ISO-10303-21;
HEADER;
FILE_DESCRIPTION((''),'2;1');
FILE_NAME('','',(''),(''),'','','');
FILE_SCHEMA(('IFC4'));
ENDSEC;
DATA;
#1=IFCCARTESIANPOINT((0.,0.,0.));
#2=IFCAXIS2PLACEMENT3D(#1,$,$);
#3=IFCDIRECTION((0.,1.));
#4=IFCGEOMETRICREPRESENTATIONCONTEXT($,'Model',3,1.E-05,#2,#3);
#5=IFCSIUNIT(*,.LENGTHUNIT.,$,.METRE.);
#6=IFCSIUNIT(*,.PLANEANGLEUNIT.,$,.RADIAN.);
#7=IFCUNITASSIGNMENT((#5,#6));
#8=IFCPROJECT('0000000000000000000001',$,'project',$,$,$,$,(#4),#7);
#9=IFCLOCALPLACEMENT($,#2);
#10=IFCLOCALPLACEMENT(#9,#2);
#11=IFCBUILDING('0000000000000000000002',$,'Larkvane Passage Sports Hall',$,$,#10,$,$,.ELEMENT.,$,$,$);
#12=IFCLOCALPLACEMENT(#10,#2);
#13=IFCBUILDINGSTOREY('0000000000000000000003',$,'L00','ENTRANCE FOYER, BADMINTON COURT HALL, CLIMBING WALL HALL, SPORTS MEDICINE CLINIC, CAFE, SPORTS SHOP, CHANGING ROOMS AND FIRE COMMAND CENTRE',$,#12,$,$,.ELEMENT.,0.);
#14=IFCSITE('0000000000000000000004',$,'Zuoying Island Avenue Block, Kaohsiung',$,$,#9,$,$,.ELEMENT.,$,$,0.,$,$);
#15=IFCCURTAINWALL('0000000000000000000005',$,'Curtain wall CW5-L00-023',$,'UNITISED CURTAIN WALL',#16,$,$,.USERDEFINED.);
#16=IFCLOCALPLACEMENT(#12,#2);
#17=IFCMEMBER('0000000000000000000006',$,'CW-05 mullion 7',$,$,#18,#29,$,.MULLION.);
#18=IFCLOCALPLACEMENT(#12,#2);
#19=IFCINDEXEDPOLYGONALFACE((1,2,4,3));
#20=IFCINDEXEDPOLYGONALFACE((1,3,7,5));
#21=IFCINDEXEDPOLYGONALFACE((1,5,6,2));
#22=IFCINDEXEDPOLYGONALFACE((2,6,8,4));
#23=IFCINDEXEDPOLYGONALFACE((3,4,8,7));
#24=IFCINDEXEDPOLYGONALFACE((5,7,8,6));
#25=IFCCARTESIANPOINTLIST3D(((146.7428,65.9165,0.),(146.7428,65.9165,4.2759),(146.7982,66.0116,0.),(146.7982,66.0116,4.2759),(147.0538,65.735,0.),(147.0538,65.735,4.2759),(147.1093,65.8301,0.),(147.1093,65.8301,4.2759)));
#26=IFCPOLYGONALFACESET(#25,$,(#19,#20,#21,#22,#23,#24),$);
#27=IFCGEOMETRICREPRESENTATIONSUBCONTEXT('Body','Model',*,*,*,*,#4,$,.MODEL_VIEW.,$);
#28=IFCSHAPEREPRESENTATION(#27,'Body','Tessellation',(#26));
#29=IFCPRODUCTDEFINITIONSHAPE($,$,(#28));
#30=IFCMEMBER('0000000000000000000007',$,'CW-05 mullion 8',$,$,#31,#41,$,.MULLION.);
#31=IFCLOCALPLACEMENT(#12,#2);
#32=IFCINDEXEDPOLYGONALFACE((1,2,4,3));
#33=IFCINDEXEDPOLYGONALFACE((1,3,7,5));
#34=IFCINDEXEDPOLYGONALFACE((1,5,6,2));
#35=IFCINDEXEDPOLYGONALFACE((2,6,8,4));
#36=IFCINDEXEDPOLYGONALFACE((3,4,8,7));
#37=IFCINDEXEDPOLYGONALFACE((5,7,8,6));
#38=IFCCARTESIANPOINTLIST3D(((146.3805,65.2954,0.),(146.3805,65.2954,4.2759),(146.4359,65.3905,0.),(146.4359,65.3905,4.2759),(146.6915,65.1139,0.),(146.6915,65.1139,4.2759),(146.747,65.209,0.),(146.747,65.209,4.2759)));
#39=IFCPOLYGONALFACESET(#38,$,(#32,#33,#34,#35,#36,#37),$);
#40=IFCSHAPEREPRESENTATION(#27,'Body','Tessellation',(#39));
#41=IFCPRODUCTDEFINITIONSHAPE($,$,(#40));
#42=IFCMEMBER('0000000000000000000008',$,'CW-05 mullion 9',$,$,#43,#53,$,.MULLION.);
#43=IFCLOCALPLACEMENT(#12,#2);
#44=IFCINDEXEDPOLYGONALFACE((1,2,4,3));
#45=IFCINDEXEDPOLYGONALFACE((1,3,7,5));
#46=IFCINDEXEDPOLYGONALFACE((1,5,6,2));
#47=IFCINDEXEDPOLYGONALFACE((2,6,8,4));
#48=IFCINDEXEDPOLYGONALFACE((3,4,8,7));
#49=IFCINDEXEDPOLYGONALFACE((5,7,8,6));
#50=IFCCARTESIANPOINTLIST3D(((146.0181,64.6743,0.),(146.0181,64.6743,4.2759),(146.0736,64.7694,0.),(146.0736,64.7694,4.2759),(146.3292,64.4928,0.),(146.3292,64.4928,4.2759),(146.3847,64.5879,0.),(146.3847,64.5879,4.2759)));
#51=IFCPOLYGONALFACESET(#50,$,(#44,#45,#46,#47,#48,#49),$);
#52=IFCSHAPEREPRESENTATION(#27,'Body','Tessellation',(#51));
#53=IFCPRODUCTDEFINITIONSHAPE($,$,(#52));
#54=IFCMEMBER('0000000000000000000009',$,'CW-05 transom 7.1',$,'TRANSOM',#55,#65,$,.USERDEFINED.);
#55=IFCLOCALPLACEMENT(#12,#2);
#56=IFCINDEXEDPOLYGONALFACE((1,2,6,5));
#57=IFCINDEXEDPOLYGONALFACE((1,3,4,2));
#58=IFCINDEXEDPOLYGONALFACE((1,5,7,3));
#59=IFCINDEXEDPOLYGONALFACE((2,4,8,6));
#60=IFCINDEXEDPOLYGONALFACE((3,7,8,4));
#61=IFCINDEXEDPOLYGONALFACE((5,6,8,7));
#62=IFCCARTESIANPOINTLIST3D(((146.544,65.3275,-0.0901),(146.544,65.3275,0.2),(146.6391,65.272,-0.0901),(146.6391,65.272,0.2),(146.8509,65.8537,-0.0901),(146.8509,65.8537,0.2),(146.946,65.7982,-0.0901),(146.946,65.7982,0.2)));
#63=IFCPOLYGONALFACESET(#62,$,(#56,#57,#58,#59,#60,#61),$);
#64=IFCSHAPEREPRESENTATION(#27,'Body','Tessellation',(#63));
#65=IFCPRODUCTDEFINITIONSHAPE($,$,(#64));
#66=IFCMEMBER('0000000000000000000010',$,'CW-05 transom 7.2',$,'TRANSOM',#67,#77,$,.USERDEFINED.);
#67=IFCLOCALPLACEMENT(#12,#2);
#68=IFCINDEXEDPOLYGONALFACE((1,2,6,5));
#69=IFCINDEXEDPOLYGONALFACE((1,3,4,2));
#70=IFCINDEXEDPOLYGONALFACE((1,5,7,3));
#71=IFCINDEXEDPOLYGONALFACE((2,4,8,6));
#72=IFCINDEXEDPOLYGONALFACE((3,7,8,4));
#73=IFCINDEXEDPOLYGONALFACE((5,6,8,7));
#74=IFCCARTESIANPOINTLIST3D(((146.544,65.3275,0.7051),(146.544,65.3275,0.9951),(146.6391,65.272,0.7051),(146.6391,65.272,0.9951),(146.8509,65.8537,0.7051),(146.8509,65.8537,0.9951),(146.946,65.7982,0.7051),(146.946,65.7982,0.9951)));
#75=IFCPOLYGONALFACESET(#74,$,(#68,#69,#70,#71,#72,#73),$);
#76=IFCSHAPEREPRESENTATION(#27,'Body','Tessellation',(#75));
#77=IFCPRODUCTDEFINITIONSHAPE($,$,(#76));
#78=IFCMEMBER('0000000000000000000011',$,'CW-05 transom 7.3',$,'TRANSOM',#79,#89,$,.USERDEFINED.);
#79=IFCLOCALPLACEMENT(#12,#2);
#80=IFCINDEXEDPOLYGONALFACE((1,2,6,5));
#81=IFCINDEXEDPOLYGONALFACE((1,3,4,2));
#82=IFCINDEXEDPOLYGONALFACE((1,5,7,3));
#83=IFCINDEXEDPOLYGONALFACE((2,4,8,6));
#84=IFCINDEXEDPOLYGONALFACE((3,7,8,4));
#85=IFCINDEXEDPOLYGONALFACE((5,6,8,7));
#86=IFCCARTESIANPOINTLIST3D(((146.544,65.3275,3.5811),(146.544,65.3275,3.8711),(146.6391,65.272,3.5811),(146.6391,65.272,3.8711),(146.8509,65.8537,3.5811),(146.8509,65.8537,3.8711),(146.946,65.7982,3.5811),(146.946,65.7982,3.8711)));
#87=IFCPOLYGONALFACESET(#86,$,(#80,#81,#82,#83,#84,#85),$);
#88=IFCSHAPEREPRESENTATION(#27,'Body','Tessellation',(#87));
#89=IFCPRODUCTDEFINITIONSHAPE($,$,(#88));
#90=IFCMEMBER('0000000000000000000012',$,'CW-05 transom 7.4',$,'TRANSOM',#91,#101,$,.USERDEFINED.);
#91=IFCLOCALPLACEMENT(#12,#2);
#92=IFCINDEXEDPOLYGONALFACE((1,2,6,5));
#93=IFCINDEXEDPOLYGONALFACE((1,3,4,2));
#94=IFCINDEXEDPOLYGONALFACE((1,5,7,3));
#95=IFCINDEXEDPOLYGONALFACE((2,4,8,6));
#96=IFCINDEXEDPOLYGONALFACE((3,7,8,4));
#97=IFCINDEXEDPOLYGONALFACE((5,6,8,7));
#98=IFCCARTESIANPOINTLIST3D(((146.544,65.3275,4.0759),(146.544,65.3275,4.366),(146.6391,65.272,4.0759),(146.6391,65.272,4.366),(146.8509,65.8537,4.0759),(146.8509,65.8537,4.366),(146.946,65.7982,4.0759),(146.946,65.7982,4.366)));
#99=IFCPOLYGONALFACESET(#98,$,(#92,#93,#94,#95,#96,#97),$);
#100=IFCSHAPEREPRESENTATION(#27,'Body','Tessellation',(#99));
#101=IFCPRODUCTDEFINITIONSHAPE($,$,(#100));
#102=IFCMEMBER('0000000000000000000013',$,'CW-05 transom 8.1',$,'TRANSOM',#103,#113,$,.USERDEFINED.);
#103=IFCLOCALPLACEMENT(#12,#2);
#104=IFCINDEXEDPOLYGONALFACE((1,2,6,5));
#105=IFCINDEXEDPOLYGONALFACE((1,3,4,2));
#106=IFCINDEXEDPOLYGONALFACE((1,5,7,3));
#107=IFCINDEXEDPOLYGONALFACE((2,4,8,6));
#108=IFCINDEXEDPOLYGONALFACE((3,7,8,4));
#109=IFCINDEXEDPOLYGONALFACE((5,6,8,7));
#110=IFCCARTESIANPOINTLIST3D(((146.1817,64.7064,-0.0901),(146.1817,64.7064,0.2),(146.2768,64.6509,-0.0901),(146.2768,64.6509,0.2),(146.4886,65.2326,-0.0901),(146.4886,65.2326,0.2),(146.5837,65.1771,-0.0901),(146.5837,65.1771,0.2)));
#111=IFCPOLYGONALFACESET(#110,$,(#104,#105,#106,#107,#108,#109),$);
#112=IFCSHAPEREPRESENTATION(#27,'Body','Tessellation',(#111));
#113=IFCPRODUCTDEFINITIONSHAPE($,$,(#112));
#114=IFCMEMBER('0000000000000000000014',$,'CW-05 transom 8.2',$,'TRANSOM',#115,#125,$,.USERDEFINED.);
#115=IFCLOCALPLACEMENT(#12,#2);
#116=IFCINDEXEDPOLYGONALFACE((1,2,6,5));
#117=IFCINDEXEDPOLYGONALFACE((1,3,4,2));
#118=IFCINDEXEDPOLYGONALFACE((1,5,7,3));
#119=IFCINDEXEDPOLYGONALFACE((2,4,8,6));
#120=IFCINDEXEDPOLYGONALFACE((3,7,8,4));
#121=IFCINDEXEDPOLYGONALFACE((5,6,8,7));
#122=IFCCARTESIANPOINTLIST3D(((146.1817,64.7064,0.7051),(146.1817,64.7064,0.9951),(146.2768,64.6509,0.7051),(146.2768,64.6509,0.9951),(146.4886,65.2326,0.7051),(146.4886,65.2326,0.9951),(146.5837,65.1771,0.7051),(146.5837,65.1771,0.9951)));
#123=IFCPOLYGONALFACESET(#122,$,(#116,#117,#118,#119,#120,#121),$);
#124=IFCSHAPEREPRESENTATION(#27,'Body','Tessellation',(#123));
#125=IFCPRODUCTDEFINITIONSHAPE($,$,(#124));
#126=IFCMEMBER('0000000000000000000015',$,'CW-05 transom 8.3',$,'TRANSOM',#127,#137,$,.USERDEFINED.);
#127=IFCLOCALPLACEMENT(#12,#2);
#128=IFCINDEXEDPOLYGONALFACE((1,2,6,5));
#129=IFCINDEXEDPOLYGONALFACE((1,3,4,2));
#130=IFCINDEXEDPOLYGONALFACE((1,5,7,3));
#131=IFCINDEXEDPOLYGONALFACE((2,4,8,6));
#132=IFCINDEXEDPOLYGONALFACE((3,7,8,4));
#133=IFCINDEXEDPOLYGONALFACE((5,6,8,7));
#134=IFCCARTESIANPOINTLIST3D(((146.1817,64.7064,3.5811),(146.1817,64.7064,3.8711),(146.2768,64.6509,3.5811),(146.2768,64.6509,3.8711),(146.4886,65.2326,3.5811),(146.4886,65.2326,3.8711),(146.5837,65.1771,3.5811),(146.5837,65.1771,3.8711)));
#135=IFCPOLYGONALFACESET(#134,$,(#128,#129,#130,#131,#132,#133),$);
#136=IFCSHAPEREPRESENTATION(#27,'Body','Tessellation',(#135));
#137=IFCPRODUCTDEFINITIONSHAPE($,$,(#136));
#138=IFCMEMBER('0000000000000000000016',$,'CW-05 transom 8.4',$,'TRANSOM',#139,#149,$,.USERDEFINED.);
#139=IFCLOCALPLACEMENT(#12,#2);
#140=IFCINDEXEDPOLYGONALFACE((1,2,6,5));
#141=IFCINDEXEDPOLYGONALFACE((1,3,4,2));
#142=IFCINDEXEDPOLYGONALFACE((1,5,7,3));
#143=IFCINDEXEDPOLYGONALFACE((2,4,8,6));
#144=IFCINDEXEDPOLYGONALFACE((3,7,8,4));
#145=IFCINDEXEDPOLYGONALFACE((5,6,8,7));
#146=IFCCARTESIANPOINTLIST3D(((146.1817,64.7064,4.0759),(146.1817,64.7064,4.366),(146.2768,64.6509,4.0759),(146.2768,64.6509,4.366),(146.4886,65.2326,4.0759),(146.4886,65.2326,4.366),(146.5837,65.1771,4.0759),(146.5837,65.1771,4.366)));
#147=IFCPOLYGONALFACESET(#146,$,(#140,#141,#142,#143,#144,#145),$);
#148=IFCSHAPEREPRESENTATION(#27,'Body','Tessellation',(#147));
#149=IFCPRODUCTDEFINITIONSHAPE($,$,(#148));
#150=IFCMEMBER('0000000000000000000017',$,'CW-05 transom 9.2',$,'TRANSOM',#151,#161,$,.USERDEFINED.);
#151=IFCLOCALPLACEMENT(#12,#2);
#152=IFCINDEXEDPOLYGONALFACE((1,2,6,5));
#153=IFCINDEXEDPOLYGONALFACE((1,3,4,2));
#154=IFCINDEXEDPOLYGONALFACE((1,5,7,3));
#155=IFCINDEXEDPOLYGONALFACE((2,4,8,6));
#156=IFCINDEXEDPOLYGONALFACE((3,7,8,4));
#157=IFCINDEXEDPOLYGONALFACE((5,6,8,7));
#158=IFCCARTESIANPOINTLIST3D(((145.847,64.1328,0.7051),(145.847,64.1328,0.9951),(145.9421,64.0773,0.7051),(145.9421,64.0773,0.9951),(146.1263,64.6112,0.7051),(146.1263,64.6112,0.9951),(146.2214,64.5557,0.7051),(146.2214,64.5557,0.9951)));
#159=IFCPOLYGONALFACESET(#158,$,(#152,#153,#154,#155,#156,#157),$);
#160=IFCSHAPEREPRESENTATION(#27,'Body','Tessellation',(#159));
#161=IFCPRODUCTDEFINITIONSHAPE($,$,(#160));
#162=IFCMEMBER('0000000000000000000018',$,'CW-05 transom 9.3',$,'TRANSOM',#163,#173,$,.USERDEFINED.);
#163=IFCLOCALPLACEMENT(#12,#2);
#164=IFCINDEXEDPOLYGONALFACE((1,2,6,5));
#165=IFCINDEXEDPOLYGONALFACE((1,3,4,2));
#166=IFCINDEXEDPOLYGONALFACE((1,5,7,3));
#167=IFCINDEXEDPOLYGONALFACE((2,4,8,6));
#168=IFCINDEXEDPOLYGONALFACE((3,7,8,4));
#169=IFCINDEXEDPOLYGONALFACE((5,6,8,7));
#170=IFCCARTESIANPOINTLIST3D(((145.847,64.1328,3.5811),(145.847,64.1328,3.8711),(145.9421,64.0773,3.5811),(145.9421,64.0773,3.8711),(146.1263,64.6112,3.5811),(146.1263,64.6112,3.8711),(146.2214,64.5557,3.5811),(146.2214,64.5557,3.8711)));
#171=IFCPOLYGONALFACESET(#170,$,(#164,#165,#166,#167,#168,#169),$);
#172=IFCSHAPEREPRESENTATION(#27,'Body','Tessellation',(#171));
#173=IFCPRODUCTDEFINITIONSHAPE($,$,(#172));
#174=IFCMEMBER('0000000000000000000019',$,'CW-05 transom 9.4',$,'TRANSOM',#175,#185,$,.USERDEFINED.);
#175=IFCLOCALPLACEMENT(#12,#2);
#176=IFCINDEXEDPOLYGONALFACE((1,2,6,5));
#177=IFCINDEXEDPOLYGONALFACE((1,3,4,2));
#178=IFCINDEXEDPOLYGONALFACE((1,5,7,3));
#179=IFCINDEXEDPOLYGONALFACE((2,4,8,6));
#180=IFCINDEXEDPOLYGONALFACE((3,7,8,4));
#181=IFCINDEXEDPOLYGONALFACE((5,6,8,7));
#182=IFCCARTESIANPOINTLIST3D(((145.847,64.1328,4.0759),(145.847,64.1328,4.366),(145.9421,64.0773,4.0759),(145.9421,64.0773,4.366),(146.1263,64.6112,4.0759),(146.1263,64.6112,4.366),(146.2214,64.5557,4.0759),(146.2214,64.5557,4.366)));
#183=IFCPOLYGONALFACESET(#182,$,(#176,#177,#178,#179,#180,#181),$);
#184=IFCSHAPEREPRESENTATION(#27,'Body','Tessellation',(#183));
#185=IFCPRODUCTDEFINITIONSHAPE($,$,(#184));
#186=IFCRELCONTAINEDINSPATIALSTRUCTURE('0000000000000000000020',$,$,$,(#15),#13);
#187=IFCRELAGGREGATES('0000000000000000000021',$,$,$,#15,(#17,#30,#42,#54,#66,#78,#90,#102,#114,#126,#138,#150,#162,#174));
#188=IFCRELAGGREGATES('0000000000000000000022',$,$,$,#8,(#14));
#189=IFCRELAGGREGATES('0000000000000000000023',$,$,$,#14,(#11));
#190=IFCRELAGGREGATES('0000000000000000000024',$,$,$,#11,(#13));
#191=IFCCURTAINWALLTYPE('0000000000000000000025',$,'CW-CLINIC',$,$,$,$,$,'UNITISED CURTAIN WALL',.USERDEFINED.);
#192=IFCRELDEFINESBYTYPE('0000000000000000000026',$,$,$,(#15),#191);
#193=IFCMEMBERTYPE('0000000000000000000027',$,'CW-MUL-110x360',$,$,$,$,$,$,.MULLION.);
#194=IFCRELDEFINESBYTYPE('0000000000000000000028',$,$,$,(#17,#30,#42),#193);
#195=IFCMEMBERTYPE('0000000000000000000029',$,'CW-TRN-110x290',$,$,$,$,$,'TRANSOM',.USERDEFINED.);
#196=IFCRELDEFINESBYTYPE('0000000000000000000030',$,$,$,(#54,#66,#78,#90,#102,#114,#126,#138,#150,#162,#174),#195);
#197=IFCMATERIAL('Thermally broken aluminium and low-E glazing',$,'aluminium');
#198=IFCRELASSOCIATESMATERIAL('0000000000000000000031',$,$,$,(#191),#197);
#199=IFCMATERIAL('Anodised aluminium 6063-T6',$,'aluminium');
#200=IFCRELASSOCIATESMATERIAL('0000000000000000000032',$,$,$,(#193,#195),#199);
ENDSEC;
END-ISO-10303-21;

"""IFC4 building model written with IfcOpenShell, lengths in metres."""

from ifc_helpers import new_model, si_unit, direction, frame, origin, origin_2d, place, context, subcontext, project, spatial, rectangle, extrude, material, material_profile, profile_set, type_object, element, aggregate, save


model = new_model("IFC4")

# Units and contexts
model_context = context("Model", 3, precision=1e-05, world=origin(), true_north=direction((0.0, 1.0)))
body_context = subcontext(model_context, "Body", "Model", "MODEL_VIEW")
ifc_project = project(units=[si_unit("LENGTHUNIT", "METRE"), si_unit("PLANEANGLEUNIT", "RADIAN")], contexts=[model_context])

# Site, building, storey
site_placement = place(None, origin())
site = spatial("IfcSite", under=ifc_project, at=site_placement, Name="Zuoying Island Avenue Block, Kaohsiung", CompositionType="ELEMENT", RefElevation=0.0)
building_placement = place(site_placement, origin())
building = spatial("IfcBuilding", under=site, at=building_placement, Name="Larkvane Passage Sports Hall", CompositionType="ELEMENT")
storey_placement = place(building_placement, origin())
storey = spatial("IfcBuildingStorey", under=building, at=storey_placement, Name="L00", Description="ENTRANCE FOYER, BADMINTON COURT HALL, CLIMBING WALL HALL, SPORTS MEDICINE CLINIC, CAFE, SPORTS SHOP, CHANGING ROOMS AND FIRE COMMAND CENTRE", CompositionType="ELEMENT", Elevation=0.0)

# Curtain wall, members
ifc_material_1 = material(Name="Thermally broken aluminium and low-E glazing", Category="aluminium")
curtain_wall_type = type_object("IfcCurtainWallType", Name="CW-CLINIC", ElementType="UNITISED CURTAIN WALL", PredefinedType="USERDEFINED", material=ifc_material_1)
curtain_wall_placement = place(storey_placement, origin())
curtain_wall = element("IfcCurtainWall", 1, at=curtain_wall_placement, inside=storey, type_object=curtain_wall_type, Name="Curtain wall CW5-L00-023", ObjectType="UNITISED CURTAIN WALL", PredefinedType="USERDEFINED")
ifc_material_2 = material(Name="Anodised aluminium 6063-T6", Category="aluminium")
ifc_material_profile_1 = material_profile(ifc_material_2, rectangle(XDim=0.1101, YDim=0.3601, at=origin_2d()), Name="ALU-MUL-110x360")
ifc_profile_set_1 = profile_set([ifc_material_profile_1], Name="Anodised aluminium 6063-T6")
member_type_1 = type_object("IfcMemberType", Name="CW-MUL-110x360", PredefinedType="MULLION", material=ifc_profile_set_1)
member_1_placement = place(storey_placement, frame((146.926, 65.8733, 0.0), z_axis=(0.0, 0.0, 1.0), x_axis=(-0.503867, -0.863781, 0.0)))
member_1 = element("IfcMember", 2, at=member_1_placement, type_object=member_type_1, Name="CW-05 mullion 7", PredefinedType="MULLION", context=body_context, shape_type="SweptSolid", body=[
    extrude(rectangle(XDim=0.1101, YDim=0.3601, at=origin_2d()), origin(), (0.0, 0.0, 1.0), 4.2759),
])
member_2_placement = place(storey_placement, frame((146.5637, 65.2522, 0.0), z_axis=(0.0, 0.0, 1.0), x_axis=(-0.503867, -0.863781, 0.0)))
member_2 = element("IfcMember", 3, at=member_2_placement, type_object=member_type_1, Name="CW-05 mullion 8", PredefinedType="MULLION", context=body_context, shape_type="SweptSolid", body=[
    extrude(rectangle(XDim=0.1101, YDim=0.3601, at=origin_2d()), origin(), (0.0, 0.0, 1.0), 4.2759),
])
member_3_placement = place(storey_placement, frame((146.2014, 64.6311, 0.0), z_axis=(0.0, 0.0, 1.0), x_axis=(-0.503867, -0.863781, 0.0)))
member_3 = element("IfcMember", 4, at=member_3_placement, type_object=member_type_1, Name="CW-05 mullion 9", PredefinedType="MULLION", context=body_context, shape_type="SweptSolid", body=[
    extrude(rectangle(XDim=0.1101, YDim=0.3601, at=origin_2d()), origin(), (0.0, 0.0, 1.0), 4.2759),
])
ifc_material_profile_2 = material_profile(ifc_material_2, rectangle(XDim=0.1101, YDim=0.29, at=origin_2d()), Name="ALU-TRN-110x290")
ifc_profile_set_2 = profile_set([ifc_material_profile_2], Name="Anodised aluminium 6063-T6")
member_type_2 = type_object("IfcMemberType", Name="CW-TRN-110x290", ElementType="TRANSOM", PredefinedType="USERDEFINED", material=ifc_profile_set_2)
member_4_placement = place(storey_placement, frame((146.8984, 65.8259, 0.0549), z_axis=(-0.503846, -0.863793, 0.0), x_axis=(0.863793, -0.503846, 0.0)))
member_4 = element("IfcMember", 5, at=member_4_placement, type_object=member_type_2, Name="CW-05 transom 7.1", ObjectType="TRANSOM", PredefinedType="USERDEFINED", context=body_context, shape_type="SweptSolid", body=[
    extrude(rectangle(XDim=0.1101, YDim=0.29, at=origin_2d()), origin(), (0.0, 0.0, 1.0), 0.6091),
])
member_5_placement = place(storey_placement, frame((146.8984, 65.8259, 0.8501), z_axis=(-0.503846, -0.863793, 0.0), x_axis=(0.863793, -0.503846, 0.0)))
member_5 = element("IfcMember", 6, at=member_5_placement, type_object=member_type_2, Name="CW-05 transom 7.2", ObjectType="TRANSOM", PredefinedType="USERDEFINED", context=body_context, shape_type="SweptSolid", body=[
    extrude(rectangle(XDim=0.1101, YDim=0.29, at=origin_2d()), origin(), (0.0, 0.0, 1.0), 0.6091),
])
member_6_placement = place(storey_placement, frame((146.8984, 65.8259, 3.7261), z_axis=(-0.503846, -0.863793, 0.0), x_axis=(0.863793, -0.503846, 0.0)))
member_6 = element("IfcMember", 7, at=member_6_placement, type_object=member_type_2, Name="CW-05 transom 7.3", ObjectType="TRANSOM", PredefinedType="USERDEFINED", context=body_context, shape_type="SweptSolid", body=[
    extrude(rectangle(XDim=0.1101, YDim=0.29, at=origin_2d()), origin(), (0.0, 0.0, 1.0), 0.6091),
])
member_7_placement = place(storey_placement, frame((146.8984, 65.8259, 4.2209), z_axis=(-0.503846, -0.863793, 0.0), x_axis=(0.863793, -0.503846, 0.0)))
member_7 = element("IfcMember", 8, at=member_7_placement, type_object=member_type_2, Name="CW-05 transom 7.4", ObjectType="TRANSOM", PredefinedType="USERDEFINED", context=body_context, shape_type="SweptSolid", body=[
    extrude(rectangle(XDim=0.1101, YDim=0.29, at=origin_2d()), origin(), (0.0, 0.0, 1.0), 0.6091),
])
member_8_placement = place(storey_placement, frame((146.5361, 65.2048, 0.0549), z_axis=(-0.503846, -0.863793, 0.0), x_axis=(0.863793, -0.503846, 0.0)))
member_8 = element("IfcMember", 9, at=member_8_placement, type_object=member_type_2, Name="CW-05 transom 8.1", ObjectType="TRANSOM", PredefinedType="USERDEFINED", context=body_context, shape_type="SweptSolid", body=[
    extrude(rectangle(XDim=0.1101, YDim=0.29, at=origin_2d()), origin(), (0.0, 0.0, 1.0), 0.6091),
])
member_9_placement = place(storey_placement, frame((146.5361, 65.2048, 0.8501), z_axis=(-0.503846, -0.863793, 0.0), x_axis=(0.863793, -0.503846, 0.0)))
member_9 = element("IfcMember", 10, at=member_9_placement, type_object=member_type_2, Name="CW-05 transom 8.2", ObjectType="TRANSOM", PredefinedType="USERDEFINED", context=body_context, shape_type="SweptSolid", body=[
    extrude(rectangle(XDim=0.1101, YDim=0.29, at=origin_2d()), origin(), (0.0, 0.0, 1.0), 0.6091),
])
member_10_placement = place(storey_placement, frame((146.5361, 65.2048, 3.7261), z_axis=(-0.503846, -0.863793, 0.0), x_axis=(0.863793, -0.503846, 0.0)))
member_10 = element("IfcMember", 11, at=member_10_placement, type_object=member_type_2, Name="CW-05 transom 8.3", ObjectType="TRANSOM", PredefinedType="USERDEFINED", context=body_context, shape_type="SweptSolid", body=[
    extrude(rectangle(XDim=0.1101, YDim=0.29, at=origin_2d()), origin(), (0.0, 0.0, 1.0), 0.6091),
])
member_11_placement = place(storey_placement, frame((146.5361, 65.2048, 4.2209), z_axis=(-0.503846, -0.863793, 0.0), x_axis=(0.863793, -0.503846, 0.0)))
member_11 = element("IfcMember", 12, at=member_11_placement, type_object=member_type_2, Name="CW-05 transom 8.4", ObjectType="TRANSOM", PredefinedType="USERDEFINED", context=body_context, shape_type="SweptSolid", body=[
    extrude(rectangle(XDim=0.1101, YDim=0.29, at=origin_2d()), origin(), (0.0, 0.0, 1.0), 0.6091),
])
member_12_placement = place(storey_placement, frame((146.1738, 64.5835, 0.8501), z_axis=(-0.50409, -0.863651, 0.0), x_axis=(0.863651, -0.50409, 0.0)))
member_12 = element("IfcMember", 13, at=member_12_placement, type_object=member_type_2, Name="CW-05 transom 9.2", ObjectType="TRANSOM", PredefinedType="USERDEFINED", context=body_context, shape_type="SweptSolid", body=[
    extrude(rectangle(XDim=0.1101, YDim=0.29, at=origin_2d()), origin(), (0.0, 0.0, 1.0), 0.554),
])
member_13_placement = place(storey_placement, frame((146.1738, 64.5835, 3.7261), z_axis=(-0.50409, -0.863651, 0.0), x_axis=(0.863651, -0.50409, 0.0)))
member_13 = element("IfcMember", 14, at=member_13_placement, type_object=member_type_2, Name="CW-05 transom 9.3", ObjectType="TRANSOM", PredefinedType="USERDEFINED", context=body_context, shape_type="SweptSolid", body=[
    extrude(rectangle(XDim=0.1101, YDim=0.29, at=origin_2d()), origin(), (0.0, 0.0, 1.0), 0.554),
])
member_14_placement = place(storey_placement, frame((146.1738, 64.5835, 4.2209), z_axis=(-0.50409, -0.863651, 0.0), x_axis=(0.863651, -0.50409, 0.0)))
member_14 = element("IfcMember", 15, at=member_14_placement, type_object=member_type_2, Name="CW-05 transom 9.4", ObjectType="TRANSOM", PredefinedType="USERDEFINED", context=body_context, shape_type="SweptSolid", body=[
    extrude(rectangle(XDim=0.1101, YDim=0.29, at=origin_2d()), origin(), (0.0, 0.0, 1.0), 0.554),
])
aggregate(curtain_wall, [member_1, member_2, member_3, member_4, member_5, member_6, member_7, member_8, member_9, member_10, member_11, member_12, member_13, member_14])

save(model, "model.ifc")
